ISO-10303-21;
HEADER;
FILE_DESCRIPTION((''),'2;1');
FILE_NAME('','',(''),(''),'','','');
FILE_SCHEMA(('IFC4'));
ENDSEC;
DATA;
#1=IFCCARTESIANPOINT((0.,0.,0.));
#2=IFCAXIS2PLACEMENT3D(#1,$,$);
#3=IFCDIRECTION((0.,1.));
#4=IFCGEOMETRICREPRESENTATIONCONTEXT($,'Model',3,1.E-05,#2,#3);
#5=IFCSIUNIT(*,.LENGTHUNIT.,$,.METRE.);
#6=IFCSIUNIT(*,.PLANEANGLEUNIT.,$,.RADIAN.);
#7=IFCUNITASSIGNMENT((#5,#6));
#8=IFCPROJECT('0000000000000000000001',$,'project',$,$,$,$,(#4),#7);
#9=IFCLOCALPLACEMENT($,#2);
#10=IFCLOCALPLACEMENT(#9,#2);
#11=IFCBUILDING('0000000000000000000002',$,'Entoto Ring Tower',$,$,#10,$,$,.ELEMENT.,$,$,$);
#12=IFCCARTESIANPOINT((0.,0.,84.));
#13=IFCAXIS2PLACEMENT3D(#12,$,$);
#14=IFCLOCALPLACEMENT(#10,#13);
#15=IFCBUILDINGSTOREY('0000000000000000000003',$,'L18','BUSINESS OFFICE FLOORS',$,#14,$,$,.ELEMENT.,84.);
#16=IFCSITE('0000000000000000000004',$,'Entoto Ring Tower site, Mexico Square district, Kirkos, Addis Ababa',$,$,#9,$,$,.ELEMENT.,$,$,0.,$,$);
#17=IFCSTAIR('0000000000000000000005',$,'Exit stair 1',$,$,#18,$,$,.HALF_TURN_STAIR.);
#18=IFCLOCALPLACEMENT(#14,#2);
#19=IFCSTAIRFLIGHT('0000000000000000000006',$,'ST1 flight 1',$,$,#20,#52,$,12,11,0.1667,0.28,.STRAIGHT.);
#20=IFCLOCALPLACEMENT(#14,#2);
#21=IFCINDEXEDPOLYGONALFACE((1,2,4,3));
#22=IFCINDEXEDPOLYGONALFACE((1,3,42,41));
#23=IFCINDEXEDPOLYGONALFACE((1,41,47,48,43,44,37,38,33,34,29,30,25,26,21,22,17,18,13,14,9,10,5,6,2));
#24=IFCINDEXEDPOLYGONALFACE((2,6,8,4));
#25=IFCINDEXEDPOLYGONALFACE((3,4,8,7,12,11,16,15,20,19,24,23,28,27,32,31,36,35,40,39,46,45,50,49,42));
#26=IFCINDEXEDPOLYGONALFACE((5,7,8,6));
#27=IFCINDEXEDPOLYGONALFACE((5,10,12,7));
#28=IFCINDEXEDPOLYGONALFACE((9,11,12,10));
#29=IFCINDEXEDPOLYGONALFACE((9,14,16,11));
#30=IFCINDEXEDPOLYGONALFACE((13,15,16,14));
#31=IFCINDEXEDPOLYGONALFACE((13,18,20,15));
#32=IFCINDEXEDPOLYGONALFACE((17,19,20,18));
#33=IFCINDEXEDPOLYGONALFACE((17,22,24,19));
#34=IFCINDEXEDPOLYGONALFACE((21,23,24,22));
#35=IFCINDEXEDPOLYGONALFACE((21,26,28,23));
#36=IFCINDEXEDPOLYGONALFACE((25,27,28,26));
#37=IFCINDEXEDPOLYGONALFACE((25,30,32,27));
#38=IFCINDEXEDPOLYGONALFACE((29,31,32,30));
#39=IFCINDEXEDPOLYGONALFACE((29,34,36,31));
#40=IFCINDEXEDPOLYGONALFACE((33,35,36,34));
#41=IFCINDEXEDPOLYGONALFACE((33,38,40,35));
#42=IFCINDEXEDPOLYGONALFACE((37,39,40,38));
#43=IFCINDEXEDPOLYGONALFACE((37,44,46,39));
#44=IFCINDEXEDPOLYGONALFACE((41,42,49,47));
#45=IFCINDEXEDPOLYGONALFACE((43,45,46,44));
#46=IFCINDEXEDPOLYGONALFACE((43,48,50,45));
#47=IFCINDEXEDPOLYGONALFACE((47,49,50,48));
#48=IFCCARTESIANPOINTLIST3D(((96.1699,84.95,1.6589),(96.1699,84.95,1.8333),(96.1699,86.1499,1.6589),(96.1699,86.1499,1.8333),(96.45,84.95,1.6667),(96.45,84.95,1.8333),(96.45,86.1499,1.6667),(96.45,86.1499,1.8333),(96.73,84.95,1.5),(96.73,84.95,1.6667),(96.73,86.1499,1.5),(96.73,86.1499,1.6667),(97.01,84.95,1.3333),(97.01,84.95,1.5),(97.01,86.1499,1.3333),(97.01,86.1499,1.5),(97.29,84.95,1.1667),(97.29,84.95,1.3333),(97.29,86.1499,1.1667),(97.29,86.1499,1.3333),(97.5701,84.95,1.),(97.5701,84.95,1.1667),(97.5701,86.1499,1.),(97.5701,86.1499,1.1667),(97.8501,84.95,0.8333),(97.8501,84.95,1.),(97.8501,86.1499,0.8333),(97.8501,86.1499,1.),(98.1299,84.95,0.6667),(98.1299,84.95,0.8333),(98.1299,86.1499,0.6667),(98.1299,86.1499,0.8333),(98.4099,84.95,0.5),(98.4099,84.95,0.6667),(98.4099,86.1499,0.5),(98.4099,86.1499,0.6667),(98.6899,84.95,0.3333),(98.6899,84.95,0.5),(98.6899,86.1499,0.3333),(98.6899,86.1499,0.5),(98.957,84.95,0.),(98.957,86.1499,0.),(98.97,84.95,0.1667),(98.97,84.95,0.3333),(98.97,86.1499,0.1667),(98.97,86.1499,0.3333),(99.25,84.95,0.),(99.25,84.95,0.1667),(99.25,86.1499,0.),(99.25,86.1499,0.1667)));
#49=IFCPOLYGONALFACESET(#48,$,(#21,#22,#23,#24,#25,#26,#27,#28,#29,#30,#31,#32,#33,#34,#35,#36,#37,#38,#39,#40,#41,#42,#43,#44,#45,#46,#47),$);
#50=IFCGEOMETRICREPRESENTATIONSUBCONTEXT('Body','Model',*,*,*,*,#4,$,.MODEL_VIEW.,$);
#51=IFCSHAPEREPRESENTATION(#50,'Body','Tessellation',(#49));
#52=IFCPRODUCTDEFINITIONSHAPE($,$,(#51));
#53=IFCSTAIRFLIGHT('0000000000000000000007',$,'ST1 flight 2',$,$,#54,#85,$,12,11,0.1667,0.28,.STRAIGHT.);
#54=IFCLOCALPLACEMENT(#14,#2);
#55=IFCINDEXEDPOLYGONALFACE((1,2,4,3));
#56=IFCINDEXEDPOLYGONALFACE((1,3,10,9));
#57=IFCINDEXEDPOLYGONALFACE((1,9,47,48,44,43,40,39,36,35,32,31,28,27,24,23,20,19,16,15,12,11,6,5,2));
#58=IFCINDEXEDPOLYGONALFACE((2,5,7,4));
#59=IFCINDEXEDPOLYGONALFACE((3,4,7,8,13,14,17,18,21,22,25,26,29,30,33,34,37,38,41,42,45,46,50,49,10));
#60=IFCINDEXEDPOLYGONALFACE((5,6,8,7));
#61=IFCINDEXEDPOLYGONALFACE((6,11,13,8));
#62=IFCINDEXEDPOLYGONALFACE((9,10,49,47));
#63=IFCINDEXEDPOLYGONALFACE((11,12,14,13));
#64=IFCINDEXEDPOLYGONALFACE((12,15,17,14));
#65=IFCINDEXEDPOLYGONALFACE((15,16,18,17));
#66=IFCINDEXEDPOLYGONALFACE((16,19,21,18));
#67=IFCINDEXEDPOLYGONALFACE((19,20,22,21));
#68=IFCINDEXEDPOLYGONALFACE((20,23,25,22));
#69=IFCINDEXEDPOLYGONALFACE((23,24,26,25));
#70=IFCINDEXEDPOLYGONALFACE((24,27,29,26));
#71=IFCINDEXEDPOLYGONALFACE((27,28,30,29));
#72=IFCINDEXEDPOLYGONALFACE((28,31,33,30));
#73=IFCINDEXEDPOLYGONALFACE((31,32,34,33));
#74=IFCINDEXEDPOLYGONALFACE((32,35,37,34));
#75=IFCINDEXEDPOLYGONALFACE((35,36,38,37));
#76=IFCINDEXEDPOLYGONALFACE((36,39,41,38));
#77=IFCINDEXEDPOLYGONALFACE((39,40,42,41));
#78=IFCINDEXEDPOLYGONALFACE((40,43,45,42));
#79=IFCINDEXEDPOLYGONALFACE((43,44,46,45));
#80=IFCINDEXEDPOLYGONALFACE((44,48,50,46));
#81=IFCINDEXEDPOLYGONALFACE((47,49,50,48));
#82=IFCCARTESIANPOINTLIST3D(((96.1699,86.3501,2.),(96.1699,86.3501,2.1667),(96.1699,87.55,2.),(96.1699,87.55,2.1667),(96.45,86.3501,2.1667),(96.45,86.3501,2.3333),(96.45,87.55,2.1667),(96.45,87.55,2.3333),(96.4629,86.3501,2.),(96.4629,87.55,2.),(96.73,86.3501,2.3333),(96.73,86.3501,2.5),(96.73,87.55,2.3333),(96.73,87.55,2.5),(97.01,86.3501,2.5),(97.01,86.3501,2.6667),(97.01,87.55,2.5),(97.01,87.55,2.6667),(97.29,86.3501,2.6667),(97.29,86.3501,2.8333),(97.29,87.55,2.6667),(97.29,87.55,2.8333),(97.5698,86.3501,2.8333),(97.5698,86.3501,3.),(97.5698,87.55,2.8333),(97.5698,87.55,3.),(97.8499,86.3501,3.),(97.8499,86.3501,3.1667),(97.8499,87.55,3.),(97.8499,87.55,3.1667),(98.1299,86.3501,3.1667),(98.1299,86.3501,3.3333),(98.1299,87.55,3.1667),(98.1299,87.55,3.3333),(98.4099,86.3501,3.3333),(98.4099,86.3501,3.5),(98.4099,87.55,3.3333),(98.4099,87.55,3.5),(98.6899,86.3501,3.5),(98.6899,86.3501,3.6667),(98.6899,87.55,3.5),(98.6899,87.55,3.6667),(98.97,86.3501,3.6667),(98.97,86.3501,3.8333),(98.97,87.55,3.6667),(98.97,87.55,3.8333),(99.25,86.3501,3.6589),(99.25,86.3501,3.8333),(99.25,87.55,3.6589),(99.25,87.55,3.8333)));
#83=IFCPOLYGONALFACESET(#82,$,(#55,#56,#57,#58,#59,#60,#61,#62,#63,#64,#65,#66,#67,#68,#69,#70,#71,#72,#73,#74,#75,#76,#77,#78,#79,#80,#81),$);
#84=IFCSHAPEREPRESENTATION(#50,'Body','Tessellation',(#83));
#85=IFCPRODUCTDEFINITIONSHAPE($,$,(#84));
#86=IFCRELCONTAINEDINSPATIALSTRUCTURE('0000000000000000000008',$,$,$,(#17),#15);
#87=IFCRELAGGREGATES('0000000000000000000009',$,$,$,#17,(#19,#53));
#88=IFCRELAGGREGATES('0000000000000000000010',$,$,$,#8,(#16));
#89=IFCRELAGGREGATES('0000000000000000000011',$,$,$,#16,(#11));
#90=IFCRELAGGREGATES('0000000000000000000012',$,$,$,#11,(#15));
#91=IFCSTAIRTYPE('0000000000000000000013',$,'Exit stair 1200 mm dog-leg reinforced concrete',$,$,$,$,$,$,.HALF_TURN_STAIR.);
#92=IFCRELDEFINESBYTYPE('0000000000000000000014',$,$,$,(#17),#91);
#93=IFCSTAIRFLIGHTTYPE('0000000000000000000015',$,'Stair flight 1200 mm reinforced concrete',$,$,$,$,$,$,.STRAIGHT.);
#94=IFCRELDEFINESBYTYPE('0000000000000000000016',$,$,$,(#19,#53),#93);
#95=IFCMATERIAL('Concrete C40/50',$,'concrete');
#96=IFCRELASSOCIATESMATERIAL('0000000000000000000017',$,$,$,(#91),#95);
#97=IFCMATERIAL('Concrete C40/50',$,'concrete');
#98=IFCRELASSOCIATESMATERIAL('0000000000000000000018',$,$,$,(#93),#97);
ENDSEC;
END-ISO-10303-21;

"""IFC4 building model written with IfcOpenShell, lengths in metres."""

from ifc_helpers import new_model, si_unit, direction, frame, origin, place, context, subcontext, project, spatial, polyline, outline, extrude, material, type_object, element, aggregate, save


model = new_model("IFC4")

# Units and contexts
model_context = context("Model", 3, precision=1e-05, world=origin(), true_north=direction((0.0, 1.0)))
body_context = subcontext(model_context, "Body", "Model", "MODEL_VIEW")
ifc_project = project(units=[si_unit("LENGTHUNIT", "METRE"), si_unit("PLANEANGLEUNIT", "RADIAN")], contexts=[model_context])

# Site, building, storey
site_placement = place(None, origin())
site = spatial("IfcSite", under=ifc_project, at=site_placement, Name="Entoto Ring Tower site, Mexico Square district, Kirkos, Addis Ababa", CompositionType="ELEMENT", RefElevation=0.0)
building_placement = place(site_placement, origin())
building = spatial("IfcBuilding", under=site, at=building_placement, Name="Entoto Ring Tower", CompositionType="ELEMENT")
storey_placement = place(building_placement, frame((0.0, 0.0, 84.0)))
storey = spatial("IfcBuildingStorey", under=building, at=storey_placement, Name="L18", Description="BUSINESS OFFICE FLOORS", CompositionType="ELEMENT", Elevation=84.0)

# Stair, stair flights
ifc_material_1 = material(Name="Concrete C40/50", Category="concrete")
stair_type = type_object("IfcStairType", Name="Exit stair 1200 mm dog-leg reinforced concrete", PredefinedType="HALF_TURN_STAIR", material=ifc_material_1)
stair_placement = place(storey_placement, origin())
stair = element("IfcStair", 1, at=stair_placement, inside=storey, type_object=stair_type, Name="Exit stair 1", PredefinedType="HALF_TURN_STAIR")
ifc_material_2 = material(Name="Concrete C40/50", Category="concrete")
stair_flight_type = type_object("IfcStairFlightType", Name="Stair flight 1200 mm reinforced concrete", PredefinedType="STRAIGHT", material=ifc_material_2)
stair_flight_1_placement = place(storey_placement, frame((99.25, 85.55, 0.0), z_axis=(0.0, 0.0, 1.0), x_axis=(-1.0, 0.0, 0.0)))
stair_flight_1 = element("IfcStairFlight", 2, at=stair_flight_1_placement, type_object=stair_flight_type, Name="ST1 flight 1", NumberOfRisers=12, NumberOfTreads=11, PredefinedType="STRAIGHT", RiserHeight=0.1667, TreadLength=0.28, context=body_context, shape_type="SweptSolid", body=[
    extrude(outline(polyline([(0.0, 0.0), (0.0, 0.1667), (0.28, 0.1667), (0.28, 0.3333), (0.5601, 0.3333), (0.5601, 0.5), (0.8401, 0.5), (0.8401, 0.6667), (1.1201, 0.6667), (1.1201, 0.8333), (1.3999, 0.8333), (1.3999, 1.0), (1.6799, 1.0), (1.6799, 1.1667), (1.96, 1.1667), (1.96, 1.3333), (2.24, 1.3333), (2.24, 1.5), (2.52, 1.5), (2.52, 1.6667), (2.8, 1.6667), (2.8, 1.8333), (3.0801, 1.8333), (3.0801, 2.0), (3.0801, 1.6589), (0.293, 0.0), (0.0, 0.0)])), frame((0.0, 0.6001, 0.0), z_axis=(0.0, -1.0, 0.0), x_axis=(1.0, 0.0, 0.0)), (0.0, 0.0, 1.0), 1.2),
])
stair_flight_2_placement = place(storey_placement, frame((96.1699, 86.95, 2.0), z_axis=(0.0, 0.0, 1.0), x_axis=(1.0, 0.0, 0.0)))
stair_flight_2 = element("IfcStairFlight", 3, at=stair_flight_2_placement, type_object=stair_flight_type, Name="ST1 flight 2", NumberOfRisers=12, NumberOfTreads=11, PredefinedType="STRAIGHT", RiserHeight=0.1667, TreadLength=0.28, context=body_context, shape_type="SweptSolid", body=[
    extrude(outline(polyline([(0.0, 0.0), (0.0, 0.1667), (0.28, 0.1667), (0.28, 0.3333), (0.5601, 0.3333), (0.5601, 0.5), (0.8401, 0.5), (0.8401, 0.6667), (1.1201, 0.6667), (1.1201, 0.8333), (1.3999, 0.8333), (1.3999, 1.0), (1.6799, 1.0), (1.6799, 1.1667), (1.96, 1.1667), (1.96, 1.3333), (2.24, 1.3333), (2.24, 1.5), (2.52, 1.5), (2.52, 1.6667), (2.8, 1.6667), (2.8, 1.8333), (3.0801, 1.8333), (3.0801, 2.0), (3.0801, 1.6589), (0.293, 0.0), (0.0, 0.0)])), frame((0.0, 0.6001, 0.0), z_axis=(0.0, -1.0, 0.0), x_axis=(1.0, 0.0, 0.0)), (0.0, 0.0, 1.0), 1.2),
])
aggregate(stair, [stair_flight_1, stair_flight_2])

save(model, "model.ifc")
